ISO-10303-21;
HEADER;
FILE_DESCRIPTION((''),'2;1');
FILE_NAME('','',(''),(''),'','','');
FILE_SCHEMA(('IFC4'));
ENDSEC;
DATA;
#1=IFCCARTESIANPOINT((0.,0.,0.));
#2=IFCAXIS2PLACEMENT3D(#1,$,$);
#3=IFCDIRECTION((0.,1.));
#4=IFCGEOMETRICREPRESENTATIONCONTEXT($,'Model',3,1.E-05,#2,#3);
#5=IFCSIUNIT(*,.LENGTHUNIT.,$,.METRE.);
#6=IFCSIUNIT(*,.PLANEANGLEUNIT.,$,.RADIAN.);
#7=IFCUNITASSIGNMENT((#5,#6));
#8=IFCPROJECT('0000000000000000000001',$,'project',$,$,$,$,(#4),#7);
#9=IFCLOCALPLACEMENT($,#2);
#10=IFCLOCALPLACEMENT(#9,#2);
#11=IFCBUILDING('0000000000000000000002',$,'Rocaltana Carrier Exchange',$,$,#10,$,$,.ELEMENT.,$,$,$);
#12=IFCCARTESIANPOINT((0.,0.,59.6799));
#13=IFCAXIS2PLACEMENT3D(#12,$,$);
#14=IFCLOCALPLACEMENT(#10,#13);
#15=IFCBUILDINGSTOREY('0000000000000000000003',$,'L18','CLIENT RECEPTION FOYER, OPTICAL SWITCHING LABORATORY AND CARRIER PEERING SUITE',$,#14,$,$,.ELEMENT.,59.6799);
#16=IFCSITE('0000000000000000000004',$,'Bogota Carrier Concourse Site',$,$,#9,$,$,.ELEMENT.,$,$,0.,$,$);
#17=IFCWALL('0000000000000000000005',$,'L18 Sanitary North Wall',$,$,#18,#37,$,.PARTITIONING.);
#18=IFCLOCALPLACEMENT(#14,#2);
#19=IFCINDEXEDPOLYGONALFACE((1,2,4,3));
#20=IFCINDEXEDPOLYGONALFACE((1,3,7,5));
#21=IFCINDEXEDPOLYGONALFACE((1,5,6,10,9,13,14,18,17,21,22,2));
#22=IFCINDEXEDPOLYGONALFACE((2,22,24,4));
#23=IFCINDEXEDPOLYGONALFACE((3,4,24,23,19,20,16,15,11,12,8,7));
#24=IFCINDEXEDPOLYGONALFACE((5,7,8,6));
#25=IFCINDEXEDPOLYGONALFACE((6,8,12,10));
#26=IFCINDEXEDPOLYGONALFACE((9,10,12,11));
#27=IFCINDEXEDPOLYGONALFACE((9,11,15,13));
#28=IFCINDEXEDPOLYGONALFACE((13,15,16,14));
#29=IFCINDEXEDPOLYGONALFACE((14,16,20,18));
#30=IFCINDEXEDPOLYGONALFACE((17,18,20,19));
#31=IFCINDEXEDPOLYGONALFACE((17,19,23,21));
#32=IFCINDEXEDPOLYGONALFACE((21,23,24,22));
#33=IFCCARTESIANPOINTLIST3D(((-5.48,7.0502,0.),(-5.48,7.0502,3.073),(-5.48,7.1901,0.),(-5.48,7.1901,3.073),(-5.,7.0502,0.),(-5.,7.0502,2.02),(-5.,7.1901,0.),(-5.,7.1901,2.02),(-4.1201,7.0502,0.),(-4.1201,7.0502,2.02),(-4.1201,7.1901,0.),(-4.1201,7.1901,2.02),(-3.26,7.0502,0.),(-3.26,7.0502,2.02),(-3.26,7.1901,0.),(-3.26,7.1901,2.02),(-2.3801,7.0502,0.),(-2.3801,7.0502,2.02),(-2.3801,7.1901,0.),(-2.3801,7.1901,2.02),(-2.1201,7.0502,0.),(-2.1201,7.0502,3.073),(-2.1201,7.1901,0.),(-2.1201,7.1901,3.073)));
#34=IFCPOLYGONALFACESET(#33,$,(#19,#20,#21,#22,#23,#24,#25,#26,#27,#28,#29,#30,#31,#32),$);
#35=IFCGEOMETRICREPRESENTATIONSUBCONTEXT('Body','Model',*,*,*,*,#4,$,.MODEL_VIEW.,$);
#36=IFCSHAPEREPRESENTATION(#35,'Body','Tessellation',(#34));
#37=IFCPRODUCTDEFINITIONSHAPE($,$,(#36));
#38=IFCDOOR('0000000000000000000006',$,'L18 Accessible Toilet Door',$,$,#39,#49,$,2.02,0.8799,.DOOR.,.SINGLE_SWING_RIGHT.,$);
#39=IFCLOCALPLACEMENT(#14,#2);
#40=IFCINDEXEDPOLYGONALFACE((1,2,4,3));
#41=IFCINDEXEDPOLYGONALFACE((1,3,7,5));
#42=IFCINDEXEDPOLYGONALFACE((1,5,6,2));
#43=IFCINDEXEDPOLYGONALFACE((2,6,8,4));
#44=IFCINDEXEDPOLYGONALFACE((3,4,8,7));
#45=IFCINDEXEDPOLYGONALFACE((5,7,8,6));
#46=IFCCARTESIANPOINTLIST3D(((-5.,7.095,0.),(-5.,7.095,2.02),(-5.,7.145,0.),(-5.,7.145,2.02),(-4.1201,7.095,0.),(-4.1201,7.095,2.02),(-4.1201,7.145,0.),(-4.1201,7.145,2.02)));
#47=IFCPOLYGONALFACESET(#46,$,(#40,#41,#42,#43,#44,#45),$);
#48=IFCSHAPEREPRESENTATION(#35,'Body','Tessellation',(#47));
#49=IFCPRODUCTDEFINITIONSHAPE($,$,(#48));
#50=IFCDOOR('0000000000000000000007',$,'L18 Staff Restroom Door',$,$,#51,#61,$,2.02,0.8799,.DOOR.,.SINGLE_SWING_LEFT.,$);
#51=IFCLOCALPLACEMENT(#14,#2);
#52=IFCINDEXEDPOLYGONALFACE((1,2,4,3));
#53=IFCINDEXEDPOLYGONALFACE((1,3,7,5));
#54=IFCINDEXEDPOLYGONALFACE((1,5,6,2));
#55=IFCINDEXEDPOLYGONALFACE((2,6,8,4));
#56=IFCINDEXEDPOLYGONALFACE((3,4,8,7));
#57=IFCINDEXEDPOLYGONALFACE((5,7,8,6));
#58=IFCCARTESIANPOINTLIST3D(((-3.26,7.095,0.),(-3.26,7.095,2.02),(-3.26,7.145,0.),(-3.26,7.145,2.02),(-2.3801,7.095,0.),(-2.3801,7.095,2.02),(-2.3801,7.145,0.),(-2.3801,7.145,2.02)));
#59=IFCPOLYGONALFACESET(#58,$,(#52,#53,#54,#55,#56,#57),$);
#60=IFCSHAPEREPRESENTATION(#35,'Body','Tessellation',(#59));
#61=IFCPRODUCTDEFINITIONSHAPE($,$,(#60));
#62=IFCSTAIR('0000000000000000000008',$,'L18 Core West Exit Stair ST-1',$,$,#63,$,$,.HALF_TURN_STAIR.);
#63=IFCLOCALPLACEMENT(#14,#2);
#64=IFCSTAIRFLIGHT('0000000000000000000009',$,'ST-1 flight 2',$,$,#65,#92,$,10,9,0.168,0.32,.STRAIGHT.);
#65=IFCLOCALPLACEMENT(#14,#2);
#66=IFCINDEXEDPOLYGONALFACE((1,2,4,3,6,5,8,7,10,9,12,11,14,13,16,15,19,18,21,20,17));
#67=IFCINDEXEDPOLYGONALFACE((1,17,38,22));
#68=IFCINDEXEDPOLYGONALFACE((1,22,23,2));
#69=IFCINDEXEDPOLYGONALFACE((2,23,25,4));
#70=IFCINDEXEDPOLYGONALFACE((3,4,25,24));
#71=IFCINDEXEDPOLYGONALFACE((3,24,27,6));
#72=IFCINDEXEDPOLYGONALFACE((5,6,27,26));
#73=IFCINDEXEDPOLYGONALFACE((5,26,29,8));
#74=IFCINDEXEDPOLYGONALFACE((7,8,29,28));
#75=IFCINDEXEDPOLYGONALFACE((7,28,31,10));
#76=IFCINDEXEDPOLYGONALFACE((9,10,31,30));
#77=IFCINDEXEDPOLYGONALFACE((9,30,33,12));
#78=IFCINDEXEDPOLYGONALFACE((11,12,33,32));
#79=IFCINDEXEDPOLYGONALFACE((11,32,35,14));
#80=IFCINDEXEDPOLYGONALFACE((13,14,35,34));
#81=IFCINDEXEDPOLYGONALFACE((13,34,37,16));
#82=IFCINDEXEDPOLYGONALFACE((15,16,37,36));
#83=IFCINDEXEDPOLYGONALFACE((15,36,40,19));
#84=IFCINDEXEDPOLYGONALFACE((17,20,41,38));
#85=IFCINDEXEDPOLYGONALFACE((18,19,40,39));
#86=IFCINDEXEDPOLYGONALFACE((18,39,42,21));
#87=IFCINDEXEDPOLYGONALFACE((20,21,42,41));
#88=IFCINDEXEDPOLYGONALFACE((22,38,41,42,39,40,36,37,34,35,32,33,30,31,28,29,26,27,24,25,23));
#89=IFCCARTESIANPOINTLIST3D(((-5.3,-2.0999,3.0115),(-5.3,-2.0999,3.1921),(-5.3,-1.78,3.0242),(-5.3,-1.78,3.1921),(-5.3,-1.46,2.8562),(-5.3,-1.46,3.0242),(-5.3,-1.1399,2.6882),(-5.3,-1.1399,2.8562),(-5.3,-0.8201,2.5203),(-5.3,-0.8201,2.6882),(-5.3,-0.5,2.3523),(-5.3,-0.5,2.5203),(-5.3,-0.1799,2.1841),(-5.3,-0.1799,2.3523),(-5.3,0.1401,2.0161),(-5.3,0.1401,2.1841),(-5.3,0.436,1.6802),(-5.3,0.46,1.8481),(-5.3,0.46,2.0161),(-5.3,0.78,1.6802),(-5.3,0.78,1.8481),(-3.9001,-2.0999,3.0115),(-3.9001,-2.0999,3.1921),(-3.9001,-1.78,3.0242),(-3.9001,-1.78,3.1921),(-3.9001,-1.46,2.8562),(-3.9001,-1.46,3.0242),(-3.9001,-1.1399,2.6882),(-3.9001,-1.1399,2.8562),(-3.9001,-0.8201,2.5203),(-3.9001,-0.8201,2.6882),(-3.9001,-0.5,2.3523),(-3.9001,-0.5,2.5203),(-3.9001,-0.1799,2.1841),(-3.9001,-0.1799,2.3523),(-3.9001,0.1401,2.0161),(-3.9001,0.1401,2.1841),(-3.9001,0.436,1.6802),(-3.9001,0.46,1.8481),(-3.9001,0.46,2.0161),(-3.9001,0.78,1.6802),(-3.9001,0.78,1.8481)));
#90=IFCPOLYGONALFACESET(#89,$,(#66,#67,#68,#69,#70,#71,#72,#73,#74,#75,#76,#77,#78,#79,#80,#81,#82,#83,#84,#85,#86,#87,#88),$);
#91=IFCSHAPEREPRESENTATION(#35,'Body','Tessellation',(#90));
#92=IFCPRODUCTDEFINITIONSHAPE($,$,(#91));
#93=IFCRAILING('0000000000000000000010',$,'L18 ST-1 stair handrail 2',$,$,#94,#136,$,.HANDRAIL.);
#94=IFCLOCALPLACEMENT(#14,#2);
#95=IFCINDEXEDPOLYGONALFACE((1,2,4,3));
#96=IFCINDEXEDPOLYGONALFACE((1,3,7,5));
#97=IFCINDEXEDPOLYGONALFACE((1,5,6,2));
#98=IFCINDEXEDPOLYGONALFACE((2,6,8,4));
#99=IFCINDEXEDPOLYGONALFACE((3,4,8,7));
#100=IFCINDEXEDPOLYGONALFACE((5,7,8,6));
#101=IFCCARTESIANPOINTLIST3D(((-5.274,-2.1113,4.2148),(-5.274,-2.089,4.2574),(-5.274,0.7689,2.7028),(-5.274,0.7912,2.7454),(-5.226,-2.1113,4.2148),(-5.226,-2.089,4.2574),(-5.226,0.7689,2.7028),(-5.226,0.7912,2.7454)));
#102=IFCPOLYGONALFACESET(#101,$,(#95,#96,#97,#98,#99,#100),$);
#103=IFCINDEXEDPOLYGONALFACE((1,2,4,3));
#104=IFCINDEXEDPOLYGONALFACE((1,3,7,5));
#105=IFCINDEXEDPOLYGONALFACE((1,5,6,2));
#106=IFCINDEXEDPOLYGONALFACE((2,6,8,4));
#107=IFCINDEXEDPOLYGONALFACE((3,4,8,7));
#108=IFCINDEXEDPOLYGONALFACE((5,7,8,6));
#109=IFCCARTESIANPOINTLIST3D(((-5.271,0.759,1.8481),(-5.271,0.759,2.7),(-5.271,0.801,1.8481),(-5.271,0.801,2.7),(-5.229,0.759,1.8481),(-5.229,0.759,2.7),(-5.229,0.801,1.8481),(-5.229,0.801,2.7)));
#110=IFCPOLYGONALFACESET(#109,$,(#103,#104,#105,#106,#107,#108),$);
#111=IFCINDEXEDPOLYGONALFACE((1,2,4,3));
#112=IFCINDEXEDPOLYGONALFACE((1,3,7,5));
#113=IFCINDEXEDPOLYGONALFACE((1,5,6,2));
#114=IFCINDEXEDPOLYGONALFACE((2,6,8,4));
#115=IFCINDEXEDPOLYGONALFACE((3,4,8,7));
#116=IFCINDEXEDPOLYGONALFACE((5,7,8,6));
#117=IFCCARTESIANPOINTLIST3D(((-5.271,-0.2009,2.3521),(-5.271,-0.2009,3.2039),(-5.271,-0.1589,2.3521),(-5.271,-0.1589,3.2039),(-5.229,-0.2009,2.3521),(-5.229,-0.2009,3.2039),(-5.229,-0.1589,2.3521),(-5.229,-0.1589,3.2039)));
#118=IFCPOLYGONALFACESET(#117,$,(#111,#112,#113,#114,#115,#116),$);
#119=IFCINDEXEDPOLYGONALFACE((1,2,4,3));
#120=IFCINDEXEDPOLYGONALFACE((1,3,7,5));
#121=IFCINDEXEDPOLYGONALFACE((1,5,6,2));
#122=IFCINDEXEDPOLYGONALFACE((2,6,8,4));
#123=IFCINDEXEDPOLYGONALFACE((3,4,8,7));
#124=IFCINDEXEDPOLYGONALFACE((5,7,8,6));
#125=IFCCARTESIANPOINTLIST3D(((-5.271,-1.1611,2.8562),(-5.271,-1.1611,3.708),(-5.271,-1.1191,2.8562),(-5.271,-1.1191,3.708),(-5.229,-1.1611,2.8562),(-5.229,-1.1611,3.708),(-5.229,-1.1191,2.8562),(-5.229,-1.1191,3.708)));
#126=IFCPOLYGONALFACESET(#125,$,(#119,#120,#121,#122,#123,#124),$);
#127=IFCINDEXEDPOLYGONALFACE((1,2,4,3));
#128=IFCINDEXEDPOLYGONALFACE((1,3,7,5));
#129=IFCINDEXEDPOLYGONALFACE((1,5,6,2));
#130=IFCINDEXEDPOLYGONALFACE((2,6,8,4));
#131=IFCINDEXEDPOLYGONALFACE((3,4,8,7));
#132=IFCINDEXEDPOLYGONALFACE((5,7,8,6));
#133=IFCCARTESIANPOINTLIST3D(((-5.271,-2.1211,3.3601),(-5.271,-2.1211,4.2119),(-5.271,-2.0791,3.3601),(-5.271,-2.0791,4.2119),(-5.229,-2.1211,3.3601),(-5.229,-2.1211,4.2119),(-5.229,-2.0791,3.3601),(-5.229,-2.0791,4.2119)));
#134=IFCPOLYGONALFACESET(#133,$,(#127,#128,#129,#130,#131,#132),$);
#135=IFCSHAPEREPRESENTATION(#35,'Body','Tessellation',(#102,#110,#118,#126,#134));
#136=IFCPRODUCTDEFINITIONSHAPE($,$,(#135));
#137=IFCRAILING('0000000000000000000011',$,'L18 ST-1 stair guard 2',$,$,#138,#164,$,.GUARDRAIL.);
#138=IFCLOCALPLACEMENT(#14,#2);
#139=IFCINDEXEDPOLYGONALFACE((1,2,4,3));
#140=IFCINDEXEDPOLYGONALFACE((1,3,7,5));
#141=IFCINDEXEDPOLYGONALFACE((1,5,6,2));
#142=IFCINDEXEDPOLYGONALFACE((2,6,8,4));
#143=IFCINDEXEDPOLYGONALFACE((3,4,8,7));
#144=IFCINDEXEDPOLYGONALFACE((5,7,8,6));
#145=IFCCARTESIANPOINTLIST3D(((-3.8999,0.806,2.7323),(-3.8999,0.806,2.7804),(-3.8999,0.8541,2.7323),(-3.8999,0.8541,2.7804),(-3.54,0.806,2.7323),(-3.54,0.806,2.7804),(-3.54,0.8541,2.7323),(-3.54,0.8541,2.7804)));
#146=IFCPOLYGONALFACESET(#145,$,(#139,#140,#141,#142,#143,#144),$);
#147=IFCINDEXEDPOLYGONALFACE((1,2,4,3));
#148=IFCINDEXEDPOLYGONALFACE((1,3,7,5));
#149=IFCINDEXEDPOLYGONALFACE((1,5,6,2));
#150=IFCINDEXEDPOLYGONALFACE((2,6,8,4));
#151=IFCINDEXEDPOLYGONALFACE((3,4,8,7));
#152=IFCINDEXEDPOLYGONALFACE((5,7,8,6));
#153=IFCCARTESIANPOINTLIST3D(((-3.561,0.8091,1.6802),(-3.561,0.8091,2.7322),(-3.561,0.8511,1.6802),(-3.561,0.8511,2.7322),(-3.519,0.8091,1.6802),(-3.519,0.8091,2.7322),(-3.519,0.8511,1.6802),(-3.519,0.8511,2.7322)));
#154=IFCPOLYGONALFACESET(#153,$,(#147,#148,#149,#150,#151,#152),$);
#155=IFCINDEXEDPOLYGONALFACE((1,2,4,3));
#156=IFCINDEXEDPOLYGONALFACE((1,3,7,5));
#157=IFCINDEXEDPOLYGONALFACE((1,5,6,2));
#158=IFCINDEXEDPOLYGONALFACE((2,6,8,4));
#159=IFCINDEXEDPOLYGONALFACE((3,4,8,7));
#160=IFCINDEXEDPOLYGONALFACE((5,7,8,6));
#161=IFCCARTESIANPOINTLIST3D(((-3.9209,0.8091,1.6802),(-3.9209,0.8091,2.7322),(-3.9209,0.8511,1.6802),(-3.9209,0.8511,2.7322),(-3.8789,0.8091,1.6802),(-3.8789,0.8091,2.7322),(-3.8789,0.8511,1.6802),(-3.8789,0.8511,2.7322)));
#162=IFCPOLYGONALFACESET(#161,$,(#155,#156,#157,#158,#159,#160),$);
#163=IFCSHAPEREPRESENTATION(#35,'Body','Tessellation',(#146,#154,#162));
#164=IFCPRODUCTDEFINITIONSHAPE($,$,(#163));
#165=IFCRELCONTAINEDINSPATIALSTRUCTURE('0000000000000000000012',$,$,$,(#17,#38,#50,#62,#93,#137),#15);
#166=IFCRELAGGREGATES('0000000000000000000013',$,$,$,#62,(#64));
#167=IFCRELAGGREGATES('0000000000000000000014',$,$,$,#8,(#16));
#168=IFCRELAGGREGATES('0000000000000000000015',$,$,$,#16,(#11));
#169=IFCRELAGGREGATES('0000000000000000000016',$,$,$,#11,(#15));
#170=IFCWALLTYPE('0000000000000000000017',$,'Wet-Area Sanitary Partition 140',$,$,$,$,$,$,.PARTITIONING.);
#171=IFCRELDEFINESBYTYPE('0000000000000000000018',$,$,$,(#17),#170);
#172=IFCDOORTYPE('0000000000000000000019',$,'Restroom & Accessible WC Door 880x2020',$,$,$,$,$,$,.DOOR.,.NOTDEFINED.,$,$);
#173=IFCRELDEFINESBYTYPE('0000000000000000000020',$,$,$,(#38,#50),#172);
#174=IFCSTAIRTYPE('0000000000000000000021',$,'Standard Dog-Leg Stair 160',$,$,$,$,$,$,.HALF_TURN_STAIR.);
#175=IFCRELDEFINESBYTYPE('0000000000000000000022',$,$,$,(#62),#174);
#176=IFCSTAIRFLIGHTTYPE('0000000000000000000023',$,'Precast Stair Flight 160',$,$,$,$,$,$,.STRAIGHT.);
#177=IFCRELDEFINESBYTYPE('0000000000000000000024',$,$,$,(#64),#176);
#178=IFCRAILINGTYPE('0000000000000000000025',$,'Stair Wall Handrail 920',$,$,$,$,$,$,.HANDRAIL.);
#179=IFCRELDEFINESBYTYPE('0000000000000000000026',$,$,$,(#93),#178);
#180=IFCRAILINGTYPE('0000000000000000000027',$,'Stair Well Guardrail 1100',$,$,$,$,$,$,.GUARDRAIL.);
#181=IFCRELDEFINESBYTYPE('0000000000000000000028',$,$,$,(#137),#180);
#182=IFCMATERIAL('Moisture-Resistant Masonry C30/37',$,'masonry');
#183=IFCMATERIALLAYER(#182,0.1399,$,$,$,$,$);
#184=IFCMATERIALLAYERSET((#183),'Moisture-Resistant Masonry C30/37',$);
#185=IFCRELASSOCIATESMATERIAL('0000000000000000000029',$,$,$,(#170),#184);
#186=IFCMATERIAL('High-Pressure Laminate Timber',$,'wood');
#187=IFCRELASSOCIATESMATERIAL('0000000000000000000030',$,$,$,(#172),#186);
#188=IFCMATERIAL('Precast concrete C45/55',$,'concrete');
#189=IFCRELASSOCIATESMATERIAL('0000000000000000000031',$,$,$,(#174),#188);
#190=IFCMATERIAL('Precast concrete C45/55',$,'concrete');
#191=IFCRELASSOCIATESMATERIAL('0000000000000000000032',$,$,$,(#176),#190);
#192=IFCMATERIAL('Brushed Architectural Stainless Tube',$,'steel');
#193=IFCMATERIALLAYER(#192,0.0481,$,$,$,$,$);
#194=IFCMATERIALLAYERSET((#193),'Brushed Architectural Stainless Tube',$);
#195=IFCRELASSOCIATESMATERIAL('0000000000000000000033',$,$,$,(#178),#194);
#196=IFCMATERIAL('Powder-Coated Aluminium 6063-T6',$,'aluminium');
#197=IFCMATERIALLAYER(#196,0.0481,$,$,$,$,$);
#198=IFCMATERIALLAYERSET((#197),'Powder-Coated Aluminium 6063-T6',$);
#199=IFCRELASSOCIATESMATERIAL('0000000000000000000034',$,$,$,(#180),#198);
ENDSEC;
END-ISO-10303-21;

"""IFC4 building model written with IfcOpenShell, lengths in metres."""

from ifc_helpers import new_model, si_unit, direction, frame, frame_2d, origin, origin_2d, place, context, subcontext, project, spatial, polyline, rectangle, outline, extrude, material, layer, layer_set, type_object, element, fill, aggregate, save


model = new_model("IFC4")

# Units and contexts
model_context = context("Model", 3, precision=1e-05, world=origin(), true_north=direction((0.0, 1.0)))
body_context = subcontext(model_context, "Body", "Model", "MODEL_VIEW")
ifc_project = project(units=[si_unit("LENGTHUNIT", "METRE"), si_unit("PLANEANGLEUNIT", "RADIAN")], contexts=[model_context])

# Site, building, storey
site_placement = place(None, origin())
site = spatial("IfcSite", under=ifc_project, at=site_placement, Name="Bogota Carrier Concourse Site", CompositionType="ELEMENT", RefElevation=0.0)
building_placement = place(site_placement, origin())
building = spatial("IfcBuilding", under=site, at=building_placement, Name="Rocaltana Carrier Exchange", CompositionType="ELEMENT")
storey_placement = place(building_placement, frame((0.0, 0.0, 59.6799)))
storey = spatial("IfcBuildingStorey", under=building, at=storey_placement, Name="L18", Description="CLIENT RECEPTION FOYER, OPTICAL SWITCHING LABORATORY AND CARRIER PEERING SUITE", CompositionType="ELEMENT", Elevation=59.6799)

# Shared definitions
ifc_material_1 = material(Name="Moisture-Resistant Masonry C30/37", Category="masonry")
ifc_layer_1 = layer(ifc_material_1, 0.1399)
ifc_layer_set_1 = layer_set([ifc_layer_1], Name="Moisture-Resistant Masonry C30/37")
wall_type_1 = type_object("IfcWallType", Name="Wet-Area Sanitary Partition 140", PredefinedType="PARTITIONING", material=ifc_layer_set_1)

# Wall, openings, doors
wall_1_placement = place(storey_placement, frame((-5.48, 7.1201, 0.0), z_axis=(0.0, 0.0, 1.0), x_axis=(1.0, 0.0, 0.0)))
wall_1 = element("IfcWall", 1, at=wall_1_placement, inside=storey, type_object=wall_type_1, Name="L18 Sanitary North Wall", PredefinedType="PARTITIONING", context=body_context, shape_type="SweptSolid", body=[
    extrude(rectangle(XDim=3.3599, YDim=0.1399, at=frame_2d((1.6799, 0.0))), origin(), (0.0, 0.0, 1.0), 3.073),
])
opening_1_placement = place(wall_1_placement, frame((0.48, 0.0, 0.0)))
opening_1 = element("IfcOpeningElement", 2, at=opening_1_placement, cuts=wall_1, PredefinedType="OPENING", context=body_context, shape_type="SweptSolid", body=[
    extrude(rectangle(XDim=0.8799, YDim=2.02, at=frame_2d((0.4399, 1.01))), frame((0.0, 0.0798, 0.0), z_axis=(0.0, -1.0, 0.0), x_axis=(1.0, 0.0, 0.0)), (0.0, 0.0, 1.0), 0.1599),
])
opening_2_placement = place(wall_1_placement, frame((2.22, 0.0, 0.0)))
opening_2 = element("IfcOpeningElement", 3, at=opening_2_placement, cuts=wall_1, PredefinedType="OPENING", context=body_context, shape_type="SweptSolid", body=[
    extrude(rectangle(XDim=0.8799, YDim=2.02, at=frame_2d((0.4399, 1.01))), frame((0.0, 0.0798, 0.0), z_axis=(0.0, -1.0, 0.0), x_axis=(1.0, 0.0, 0.0)), (0.0, 0.0, 1.0), 0.1599),
])
ifc_material_2 = material(Name="High-Pressure Laminate Timber", Category="wood")
door_type = type_object("IfcDoorType", Name="Restroom & Accessible WC Door 880x2020", OperationType="NOTDEFINED", PredefinedType="DOOR", material=ifc_material_2)
door_1_placement = place(opening_1_placement, origin())
door_1 = element("IfcDoor", 4, at=door_1_placement, inside=storey, type_object=door_type, Name="L18 Accessible Toilet Door", OperationType="SINGLE_SWING_RIGHT", OverallHeight=2.02, OverallWidth=0.8799, PredefinedType="DOOR", context=body_context, shape_type="SweptSolid", body=[
    extrude(rectangle(XDim=0.8799, YDim=2.02, at=frame_2d((0.4399, 1.01))), frame((0.0, 0.0249, 0.0), z_axis=(0.0, -1.0, 0.0), x_axis=(1.0, 0.0, 0.0)), (0.0, 0.0, 1.0), 0.05),
])
fill(opening_1, door_1)
door_2_placement = place(opening_2_placement, origin())
door_2 = element("IfcDoor", 5, at=door_2_placement, inside=storey, type_object=door_type, Name="L18 Staff Restroom Door", OperationType="SINGLE_SWING_LEFT", OverallHeight=2.02, OverallWidth=0.8799, PredefinedType="DOOR", context=body_context, shape_type="SweptSolid", body=[
    extrude(rectangle(XDim=0.8799, YDim=2.02, at=frame_2d((0.4399, 1.01))), frame((0.0, 0.0249, 0.0), z_axis=(0.0, -1.0, 0.0), x_axis=(1.0, 0.0, 0.0)), (0.0, 0.0, 1.0), 0.05),
])
fill(opening_2, door_2)

# Stair, stair flight
ifc_material_3 = material(Name="Precast concrete C45/55", Category="concrete")
stair_type = type_object("IfcStairType", Name="Standard Dog-Leg Stair 160", PredefinedType="HALF_TURN_STAIR", material=ifc_material_3)
stair_placement = place(storey_placement, origin())
stair = element("IfcStair", 6, at=stair_placement, inside=storey, type_object=stair_type, Name="L18 Core West Exit Stair ST-1", PredefinedType="HALF_TURN_STAIR")
ifc_material_4 = material(Name="Precast concrete C45/55", Category="concrete")
stair_flight_type = type_object("IfcStairFlightType", Name="Precast Stair Flight 160", PredefinedType="STRAIGHT", material=ifc_material_4)
stair_flight_placement = place(storey_placement, frame((-4.6001, 0.78, 1.6802), z_axis=(0.0, 0.0, 1.0), x_axis=(0.0, -1.0, 0.0)))
stair_flight = element("IfcStairFlight", 7, at=stair_flight_placement, type_object=stair_flight_type, Name="ST-1 flight 2", NumberOfRisers=10, NumberOfTreads=9, PredefinedType="STRAIGHT", RiserHeight=0.168, TreadLength=0.32, context=body_context, shape_type="SweptSolid", body=[
    extrude(outline(polyline([(0.0, 0.0), (0.0, 0.168), (0.3201, 0.168), (0.3201, 0.3359), (0.6399, 0.3359), (0.6399, 0.5039), (0.96, 0.5039), (0.96, 0.6721), (1.28, 0.6721), (1.28, 0.8401), (1.6001, 0.8401), (1.6001, 1.0081), (1.9199, 1.0081), (1.9199, 1.176), (2.24, 1.176), (2.24, 1.344), (2.5601, 1.344), (2.5601, 1.512), (2.8799, 1.512), (2.8799, 1.6799), (2.8799, 1.3313), (0.344, 0.0), (0.0, 0.0)])), frame((0.0, 0.7, 0.0), z_axis=(0.0, -1.0, 0.0), x_axis=(1.0, 0.0, 0.0)), (0.0, 0.0, 1.0), 1.3999),
])
aggregate(stair, [stair_flight])

# Railings
ifc_material_5 = material(Name="Brushed Architectural Stainless Tube", Category="steel")
ifc_layer_2 = layer(ifc_material_5, 0.0481)
ifc_layer_set_2 = layer_set([ifc_layer_2], Name="Brushed Architectural Stainless Tube")
railing_type_1 = type_object("IfcRailingType", Name="Stair Wall Handrail 920", PredefinedType="HANDRAIL", material=ifc_layer_set_2)
railing_1_placement = place(storey_placement, frame((-5.25, 0.78, 1.8481)))
element("IfcRailing", 8, at=railing_1_placement, inside=storey, type_object=railing_type_1, Name="L18 ST-1 stair handrail 2", PredefinedType="HANDRAIL", context=body_context, shape_type="SweptSolid", body=[
    extrude(rectangle(XDim=0.0481, YDim=0.0481, at=origin_2d()), frame((0.0, 0.0, 0.876), z_axis=(0.0, -0.885411, 0.464809), x_axis=(1.0, 0.0, 0.0)), (0.0, 0.0, 1.0), 3.2529),
    extrude(rectangle(XDim=0.042, YDim=0.042, at=origin_2d()), origin(), (0.0, 0.0, 1.0), 0.8518),
    extrude(rectangle(XDim=0.042, YDim=0.042, at=origin_2d()), frame((0.0, -0.96, 0.5039)), (0.0, 0.0, 1.0), 0.8518),
    extrude(rectangle(XDim=0.042, YDim=0.042, at=origin_2d()), frame((0.0, -1.9202, 1.0081)), (0.0, 0.0, 1.0), 0.8518),
    extrude(rectangle(XDim=0.042, YDim=0.042, at=origin_2d()), frame((0.0, -2.8801, 1.512)), (0.0, 0.0, 1.0), 0.8518),
])
ifc_material_6 = material(Name="Powder-Coated Aluminium 6063-T6", Category="aluminium")
ifc_layer_3 = layer(ifc_material_6, 0.0481)
ifc_layer_set_3 = layer_set([ifc_layer_3], Name="Powder-Coated Aluminium 6063-T6")
railing_type_2 = type_object("IfcRailingType", Name="Stair Well Guardrail 1100", PredefinedType="GUARDRAIL", material=ifc_layer_set_3)
railing_2_placement = place(storey_placement, frame((-3.54, 0.8301, 1.6802)))
element("IfcRailing", 9, at=railing_2_placement, inside=storey, type_object=railing_type_2, Name="L18 ST-1 stair guard 2", PredefinedType="GUARDRAIL", context=body_context, shape_type="SweptSolid", body=[
    extrude(rectangle(XDim=0.0481, YDim=0.0481, at=origin_2d()), frame((0.0, 0.0, 1.0762), z_axis=(-1.0, 0.0, 0.0), x_axis=(0.0, -1.0, 0.0)), (0.0, 0.0, 1.0), 0.3599),
    extrude(rectangle(XDim=0.042, YDim=0.042, at=origin_2d()), origin(), (0.0, 0.0, 1.0), 1.052),
    extrude(rectangle(XDim=0.042, YDim=0.042, at=origin_2d()), frame((-0.3599, 0.0, 0.0)), (0.0, 0.0, 1.0), 1.052),
])

save(model, "model.ifc")
